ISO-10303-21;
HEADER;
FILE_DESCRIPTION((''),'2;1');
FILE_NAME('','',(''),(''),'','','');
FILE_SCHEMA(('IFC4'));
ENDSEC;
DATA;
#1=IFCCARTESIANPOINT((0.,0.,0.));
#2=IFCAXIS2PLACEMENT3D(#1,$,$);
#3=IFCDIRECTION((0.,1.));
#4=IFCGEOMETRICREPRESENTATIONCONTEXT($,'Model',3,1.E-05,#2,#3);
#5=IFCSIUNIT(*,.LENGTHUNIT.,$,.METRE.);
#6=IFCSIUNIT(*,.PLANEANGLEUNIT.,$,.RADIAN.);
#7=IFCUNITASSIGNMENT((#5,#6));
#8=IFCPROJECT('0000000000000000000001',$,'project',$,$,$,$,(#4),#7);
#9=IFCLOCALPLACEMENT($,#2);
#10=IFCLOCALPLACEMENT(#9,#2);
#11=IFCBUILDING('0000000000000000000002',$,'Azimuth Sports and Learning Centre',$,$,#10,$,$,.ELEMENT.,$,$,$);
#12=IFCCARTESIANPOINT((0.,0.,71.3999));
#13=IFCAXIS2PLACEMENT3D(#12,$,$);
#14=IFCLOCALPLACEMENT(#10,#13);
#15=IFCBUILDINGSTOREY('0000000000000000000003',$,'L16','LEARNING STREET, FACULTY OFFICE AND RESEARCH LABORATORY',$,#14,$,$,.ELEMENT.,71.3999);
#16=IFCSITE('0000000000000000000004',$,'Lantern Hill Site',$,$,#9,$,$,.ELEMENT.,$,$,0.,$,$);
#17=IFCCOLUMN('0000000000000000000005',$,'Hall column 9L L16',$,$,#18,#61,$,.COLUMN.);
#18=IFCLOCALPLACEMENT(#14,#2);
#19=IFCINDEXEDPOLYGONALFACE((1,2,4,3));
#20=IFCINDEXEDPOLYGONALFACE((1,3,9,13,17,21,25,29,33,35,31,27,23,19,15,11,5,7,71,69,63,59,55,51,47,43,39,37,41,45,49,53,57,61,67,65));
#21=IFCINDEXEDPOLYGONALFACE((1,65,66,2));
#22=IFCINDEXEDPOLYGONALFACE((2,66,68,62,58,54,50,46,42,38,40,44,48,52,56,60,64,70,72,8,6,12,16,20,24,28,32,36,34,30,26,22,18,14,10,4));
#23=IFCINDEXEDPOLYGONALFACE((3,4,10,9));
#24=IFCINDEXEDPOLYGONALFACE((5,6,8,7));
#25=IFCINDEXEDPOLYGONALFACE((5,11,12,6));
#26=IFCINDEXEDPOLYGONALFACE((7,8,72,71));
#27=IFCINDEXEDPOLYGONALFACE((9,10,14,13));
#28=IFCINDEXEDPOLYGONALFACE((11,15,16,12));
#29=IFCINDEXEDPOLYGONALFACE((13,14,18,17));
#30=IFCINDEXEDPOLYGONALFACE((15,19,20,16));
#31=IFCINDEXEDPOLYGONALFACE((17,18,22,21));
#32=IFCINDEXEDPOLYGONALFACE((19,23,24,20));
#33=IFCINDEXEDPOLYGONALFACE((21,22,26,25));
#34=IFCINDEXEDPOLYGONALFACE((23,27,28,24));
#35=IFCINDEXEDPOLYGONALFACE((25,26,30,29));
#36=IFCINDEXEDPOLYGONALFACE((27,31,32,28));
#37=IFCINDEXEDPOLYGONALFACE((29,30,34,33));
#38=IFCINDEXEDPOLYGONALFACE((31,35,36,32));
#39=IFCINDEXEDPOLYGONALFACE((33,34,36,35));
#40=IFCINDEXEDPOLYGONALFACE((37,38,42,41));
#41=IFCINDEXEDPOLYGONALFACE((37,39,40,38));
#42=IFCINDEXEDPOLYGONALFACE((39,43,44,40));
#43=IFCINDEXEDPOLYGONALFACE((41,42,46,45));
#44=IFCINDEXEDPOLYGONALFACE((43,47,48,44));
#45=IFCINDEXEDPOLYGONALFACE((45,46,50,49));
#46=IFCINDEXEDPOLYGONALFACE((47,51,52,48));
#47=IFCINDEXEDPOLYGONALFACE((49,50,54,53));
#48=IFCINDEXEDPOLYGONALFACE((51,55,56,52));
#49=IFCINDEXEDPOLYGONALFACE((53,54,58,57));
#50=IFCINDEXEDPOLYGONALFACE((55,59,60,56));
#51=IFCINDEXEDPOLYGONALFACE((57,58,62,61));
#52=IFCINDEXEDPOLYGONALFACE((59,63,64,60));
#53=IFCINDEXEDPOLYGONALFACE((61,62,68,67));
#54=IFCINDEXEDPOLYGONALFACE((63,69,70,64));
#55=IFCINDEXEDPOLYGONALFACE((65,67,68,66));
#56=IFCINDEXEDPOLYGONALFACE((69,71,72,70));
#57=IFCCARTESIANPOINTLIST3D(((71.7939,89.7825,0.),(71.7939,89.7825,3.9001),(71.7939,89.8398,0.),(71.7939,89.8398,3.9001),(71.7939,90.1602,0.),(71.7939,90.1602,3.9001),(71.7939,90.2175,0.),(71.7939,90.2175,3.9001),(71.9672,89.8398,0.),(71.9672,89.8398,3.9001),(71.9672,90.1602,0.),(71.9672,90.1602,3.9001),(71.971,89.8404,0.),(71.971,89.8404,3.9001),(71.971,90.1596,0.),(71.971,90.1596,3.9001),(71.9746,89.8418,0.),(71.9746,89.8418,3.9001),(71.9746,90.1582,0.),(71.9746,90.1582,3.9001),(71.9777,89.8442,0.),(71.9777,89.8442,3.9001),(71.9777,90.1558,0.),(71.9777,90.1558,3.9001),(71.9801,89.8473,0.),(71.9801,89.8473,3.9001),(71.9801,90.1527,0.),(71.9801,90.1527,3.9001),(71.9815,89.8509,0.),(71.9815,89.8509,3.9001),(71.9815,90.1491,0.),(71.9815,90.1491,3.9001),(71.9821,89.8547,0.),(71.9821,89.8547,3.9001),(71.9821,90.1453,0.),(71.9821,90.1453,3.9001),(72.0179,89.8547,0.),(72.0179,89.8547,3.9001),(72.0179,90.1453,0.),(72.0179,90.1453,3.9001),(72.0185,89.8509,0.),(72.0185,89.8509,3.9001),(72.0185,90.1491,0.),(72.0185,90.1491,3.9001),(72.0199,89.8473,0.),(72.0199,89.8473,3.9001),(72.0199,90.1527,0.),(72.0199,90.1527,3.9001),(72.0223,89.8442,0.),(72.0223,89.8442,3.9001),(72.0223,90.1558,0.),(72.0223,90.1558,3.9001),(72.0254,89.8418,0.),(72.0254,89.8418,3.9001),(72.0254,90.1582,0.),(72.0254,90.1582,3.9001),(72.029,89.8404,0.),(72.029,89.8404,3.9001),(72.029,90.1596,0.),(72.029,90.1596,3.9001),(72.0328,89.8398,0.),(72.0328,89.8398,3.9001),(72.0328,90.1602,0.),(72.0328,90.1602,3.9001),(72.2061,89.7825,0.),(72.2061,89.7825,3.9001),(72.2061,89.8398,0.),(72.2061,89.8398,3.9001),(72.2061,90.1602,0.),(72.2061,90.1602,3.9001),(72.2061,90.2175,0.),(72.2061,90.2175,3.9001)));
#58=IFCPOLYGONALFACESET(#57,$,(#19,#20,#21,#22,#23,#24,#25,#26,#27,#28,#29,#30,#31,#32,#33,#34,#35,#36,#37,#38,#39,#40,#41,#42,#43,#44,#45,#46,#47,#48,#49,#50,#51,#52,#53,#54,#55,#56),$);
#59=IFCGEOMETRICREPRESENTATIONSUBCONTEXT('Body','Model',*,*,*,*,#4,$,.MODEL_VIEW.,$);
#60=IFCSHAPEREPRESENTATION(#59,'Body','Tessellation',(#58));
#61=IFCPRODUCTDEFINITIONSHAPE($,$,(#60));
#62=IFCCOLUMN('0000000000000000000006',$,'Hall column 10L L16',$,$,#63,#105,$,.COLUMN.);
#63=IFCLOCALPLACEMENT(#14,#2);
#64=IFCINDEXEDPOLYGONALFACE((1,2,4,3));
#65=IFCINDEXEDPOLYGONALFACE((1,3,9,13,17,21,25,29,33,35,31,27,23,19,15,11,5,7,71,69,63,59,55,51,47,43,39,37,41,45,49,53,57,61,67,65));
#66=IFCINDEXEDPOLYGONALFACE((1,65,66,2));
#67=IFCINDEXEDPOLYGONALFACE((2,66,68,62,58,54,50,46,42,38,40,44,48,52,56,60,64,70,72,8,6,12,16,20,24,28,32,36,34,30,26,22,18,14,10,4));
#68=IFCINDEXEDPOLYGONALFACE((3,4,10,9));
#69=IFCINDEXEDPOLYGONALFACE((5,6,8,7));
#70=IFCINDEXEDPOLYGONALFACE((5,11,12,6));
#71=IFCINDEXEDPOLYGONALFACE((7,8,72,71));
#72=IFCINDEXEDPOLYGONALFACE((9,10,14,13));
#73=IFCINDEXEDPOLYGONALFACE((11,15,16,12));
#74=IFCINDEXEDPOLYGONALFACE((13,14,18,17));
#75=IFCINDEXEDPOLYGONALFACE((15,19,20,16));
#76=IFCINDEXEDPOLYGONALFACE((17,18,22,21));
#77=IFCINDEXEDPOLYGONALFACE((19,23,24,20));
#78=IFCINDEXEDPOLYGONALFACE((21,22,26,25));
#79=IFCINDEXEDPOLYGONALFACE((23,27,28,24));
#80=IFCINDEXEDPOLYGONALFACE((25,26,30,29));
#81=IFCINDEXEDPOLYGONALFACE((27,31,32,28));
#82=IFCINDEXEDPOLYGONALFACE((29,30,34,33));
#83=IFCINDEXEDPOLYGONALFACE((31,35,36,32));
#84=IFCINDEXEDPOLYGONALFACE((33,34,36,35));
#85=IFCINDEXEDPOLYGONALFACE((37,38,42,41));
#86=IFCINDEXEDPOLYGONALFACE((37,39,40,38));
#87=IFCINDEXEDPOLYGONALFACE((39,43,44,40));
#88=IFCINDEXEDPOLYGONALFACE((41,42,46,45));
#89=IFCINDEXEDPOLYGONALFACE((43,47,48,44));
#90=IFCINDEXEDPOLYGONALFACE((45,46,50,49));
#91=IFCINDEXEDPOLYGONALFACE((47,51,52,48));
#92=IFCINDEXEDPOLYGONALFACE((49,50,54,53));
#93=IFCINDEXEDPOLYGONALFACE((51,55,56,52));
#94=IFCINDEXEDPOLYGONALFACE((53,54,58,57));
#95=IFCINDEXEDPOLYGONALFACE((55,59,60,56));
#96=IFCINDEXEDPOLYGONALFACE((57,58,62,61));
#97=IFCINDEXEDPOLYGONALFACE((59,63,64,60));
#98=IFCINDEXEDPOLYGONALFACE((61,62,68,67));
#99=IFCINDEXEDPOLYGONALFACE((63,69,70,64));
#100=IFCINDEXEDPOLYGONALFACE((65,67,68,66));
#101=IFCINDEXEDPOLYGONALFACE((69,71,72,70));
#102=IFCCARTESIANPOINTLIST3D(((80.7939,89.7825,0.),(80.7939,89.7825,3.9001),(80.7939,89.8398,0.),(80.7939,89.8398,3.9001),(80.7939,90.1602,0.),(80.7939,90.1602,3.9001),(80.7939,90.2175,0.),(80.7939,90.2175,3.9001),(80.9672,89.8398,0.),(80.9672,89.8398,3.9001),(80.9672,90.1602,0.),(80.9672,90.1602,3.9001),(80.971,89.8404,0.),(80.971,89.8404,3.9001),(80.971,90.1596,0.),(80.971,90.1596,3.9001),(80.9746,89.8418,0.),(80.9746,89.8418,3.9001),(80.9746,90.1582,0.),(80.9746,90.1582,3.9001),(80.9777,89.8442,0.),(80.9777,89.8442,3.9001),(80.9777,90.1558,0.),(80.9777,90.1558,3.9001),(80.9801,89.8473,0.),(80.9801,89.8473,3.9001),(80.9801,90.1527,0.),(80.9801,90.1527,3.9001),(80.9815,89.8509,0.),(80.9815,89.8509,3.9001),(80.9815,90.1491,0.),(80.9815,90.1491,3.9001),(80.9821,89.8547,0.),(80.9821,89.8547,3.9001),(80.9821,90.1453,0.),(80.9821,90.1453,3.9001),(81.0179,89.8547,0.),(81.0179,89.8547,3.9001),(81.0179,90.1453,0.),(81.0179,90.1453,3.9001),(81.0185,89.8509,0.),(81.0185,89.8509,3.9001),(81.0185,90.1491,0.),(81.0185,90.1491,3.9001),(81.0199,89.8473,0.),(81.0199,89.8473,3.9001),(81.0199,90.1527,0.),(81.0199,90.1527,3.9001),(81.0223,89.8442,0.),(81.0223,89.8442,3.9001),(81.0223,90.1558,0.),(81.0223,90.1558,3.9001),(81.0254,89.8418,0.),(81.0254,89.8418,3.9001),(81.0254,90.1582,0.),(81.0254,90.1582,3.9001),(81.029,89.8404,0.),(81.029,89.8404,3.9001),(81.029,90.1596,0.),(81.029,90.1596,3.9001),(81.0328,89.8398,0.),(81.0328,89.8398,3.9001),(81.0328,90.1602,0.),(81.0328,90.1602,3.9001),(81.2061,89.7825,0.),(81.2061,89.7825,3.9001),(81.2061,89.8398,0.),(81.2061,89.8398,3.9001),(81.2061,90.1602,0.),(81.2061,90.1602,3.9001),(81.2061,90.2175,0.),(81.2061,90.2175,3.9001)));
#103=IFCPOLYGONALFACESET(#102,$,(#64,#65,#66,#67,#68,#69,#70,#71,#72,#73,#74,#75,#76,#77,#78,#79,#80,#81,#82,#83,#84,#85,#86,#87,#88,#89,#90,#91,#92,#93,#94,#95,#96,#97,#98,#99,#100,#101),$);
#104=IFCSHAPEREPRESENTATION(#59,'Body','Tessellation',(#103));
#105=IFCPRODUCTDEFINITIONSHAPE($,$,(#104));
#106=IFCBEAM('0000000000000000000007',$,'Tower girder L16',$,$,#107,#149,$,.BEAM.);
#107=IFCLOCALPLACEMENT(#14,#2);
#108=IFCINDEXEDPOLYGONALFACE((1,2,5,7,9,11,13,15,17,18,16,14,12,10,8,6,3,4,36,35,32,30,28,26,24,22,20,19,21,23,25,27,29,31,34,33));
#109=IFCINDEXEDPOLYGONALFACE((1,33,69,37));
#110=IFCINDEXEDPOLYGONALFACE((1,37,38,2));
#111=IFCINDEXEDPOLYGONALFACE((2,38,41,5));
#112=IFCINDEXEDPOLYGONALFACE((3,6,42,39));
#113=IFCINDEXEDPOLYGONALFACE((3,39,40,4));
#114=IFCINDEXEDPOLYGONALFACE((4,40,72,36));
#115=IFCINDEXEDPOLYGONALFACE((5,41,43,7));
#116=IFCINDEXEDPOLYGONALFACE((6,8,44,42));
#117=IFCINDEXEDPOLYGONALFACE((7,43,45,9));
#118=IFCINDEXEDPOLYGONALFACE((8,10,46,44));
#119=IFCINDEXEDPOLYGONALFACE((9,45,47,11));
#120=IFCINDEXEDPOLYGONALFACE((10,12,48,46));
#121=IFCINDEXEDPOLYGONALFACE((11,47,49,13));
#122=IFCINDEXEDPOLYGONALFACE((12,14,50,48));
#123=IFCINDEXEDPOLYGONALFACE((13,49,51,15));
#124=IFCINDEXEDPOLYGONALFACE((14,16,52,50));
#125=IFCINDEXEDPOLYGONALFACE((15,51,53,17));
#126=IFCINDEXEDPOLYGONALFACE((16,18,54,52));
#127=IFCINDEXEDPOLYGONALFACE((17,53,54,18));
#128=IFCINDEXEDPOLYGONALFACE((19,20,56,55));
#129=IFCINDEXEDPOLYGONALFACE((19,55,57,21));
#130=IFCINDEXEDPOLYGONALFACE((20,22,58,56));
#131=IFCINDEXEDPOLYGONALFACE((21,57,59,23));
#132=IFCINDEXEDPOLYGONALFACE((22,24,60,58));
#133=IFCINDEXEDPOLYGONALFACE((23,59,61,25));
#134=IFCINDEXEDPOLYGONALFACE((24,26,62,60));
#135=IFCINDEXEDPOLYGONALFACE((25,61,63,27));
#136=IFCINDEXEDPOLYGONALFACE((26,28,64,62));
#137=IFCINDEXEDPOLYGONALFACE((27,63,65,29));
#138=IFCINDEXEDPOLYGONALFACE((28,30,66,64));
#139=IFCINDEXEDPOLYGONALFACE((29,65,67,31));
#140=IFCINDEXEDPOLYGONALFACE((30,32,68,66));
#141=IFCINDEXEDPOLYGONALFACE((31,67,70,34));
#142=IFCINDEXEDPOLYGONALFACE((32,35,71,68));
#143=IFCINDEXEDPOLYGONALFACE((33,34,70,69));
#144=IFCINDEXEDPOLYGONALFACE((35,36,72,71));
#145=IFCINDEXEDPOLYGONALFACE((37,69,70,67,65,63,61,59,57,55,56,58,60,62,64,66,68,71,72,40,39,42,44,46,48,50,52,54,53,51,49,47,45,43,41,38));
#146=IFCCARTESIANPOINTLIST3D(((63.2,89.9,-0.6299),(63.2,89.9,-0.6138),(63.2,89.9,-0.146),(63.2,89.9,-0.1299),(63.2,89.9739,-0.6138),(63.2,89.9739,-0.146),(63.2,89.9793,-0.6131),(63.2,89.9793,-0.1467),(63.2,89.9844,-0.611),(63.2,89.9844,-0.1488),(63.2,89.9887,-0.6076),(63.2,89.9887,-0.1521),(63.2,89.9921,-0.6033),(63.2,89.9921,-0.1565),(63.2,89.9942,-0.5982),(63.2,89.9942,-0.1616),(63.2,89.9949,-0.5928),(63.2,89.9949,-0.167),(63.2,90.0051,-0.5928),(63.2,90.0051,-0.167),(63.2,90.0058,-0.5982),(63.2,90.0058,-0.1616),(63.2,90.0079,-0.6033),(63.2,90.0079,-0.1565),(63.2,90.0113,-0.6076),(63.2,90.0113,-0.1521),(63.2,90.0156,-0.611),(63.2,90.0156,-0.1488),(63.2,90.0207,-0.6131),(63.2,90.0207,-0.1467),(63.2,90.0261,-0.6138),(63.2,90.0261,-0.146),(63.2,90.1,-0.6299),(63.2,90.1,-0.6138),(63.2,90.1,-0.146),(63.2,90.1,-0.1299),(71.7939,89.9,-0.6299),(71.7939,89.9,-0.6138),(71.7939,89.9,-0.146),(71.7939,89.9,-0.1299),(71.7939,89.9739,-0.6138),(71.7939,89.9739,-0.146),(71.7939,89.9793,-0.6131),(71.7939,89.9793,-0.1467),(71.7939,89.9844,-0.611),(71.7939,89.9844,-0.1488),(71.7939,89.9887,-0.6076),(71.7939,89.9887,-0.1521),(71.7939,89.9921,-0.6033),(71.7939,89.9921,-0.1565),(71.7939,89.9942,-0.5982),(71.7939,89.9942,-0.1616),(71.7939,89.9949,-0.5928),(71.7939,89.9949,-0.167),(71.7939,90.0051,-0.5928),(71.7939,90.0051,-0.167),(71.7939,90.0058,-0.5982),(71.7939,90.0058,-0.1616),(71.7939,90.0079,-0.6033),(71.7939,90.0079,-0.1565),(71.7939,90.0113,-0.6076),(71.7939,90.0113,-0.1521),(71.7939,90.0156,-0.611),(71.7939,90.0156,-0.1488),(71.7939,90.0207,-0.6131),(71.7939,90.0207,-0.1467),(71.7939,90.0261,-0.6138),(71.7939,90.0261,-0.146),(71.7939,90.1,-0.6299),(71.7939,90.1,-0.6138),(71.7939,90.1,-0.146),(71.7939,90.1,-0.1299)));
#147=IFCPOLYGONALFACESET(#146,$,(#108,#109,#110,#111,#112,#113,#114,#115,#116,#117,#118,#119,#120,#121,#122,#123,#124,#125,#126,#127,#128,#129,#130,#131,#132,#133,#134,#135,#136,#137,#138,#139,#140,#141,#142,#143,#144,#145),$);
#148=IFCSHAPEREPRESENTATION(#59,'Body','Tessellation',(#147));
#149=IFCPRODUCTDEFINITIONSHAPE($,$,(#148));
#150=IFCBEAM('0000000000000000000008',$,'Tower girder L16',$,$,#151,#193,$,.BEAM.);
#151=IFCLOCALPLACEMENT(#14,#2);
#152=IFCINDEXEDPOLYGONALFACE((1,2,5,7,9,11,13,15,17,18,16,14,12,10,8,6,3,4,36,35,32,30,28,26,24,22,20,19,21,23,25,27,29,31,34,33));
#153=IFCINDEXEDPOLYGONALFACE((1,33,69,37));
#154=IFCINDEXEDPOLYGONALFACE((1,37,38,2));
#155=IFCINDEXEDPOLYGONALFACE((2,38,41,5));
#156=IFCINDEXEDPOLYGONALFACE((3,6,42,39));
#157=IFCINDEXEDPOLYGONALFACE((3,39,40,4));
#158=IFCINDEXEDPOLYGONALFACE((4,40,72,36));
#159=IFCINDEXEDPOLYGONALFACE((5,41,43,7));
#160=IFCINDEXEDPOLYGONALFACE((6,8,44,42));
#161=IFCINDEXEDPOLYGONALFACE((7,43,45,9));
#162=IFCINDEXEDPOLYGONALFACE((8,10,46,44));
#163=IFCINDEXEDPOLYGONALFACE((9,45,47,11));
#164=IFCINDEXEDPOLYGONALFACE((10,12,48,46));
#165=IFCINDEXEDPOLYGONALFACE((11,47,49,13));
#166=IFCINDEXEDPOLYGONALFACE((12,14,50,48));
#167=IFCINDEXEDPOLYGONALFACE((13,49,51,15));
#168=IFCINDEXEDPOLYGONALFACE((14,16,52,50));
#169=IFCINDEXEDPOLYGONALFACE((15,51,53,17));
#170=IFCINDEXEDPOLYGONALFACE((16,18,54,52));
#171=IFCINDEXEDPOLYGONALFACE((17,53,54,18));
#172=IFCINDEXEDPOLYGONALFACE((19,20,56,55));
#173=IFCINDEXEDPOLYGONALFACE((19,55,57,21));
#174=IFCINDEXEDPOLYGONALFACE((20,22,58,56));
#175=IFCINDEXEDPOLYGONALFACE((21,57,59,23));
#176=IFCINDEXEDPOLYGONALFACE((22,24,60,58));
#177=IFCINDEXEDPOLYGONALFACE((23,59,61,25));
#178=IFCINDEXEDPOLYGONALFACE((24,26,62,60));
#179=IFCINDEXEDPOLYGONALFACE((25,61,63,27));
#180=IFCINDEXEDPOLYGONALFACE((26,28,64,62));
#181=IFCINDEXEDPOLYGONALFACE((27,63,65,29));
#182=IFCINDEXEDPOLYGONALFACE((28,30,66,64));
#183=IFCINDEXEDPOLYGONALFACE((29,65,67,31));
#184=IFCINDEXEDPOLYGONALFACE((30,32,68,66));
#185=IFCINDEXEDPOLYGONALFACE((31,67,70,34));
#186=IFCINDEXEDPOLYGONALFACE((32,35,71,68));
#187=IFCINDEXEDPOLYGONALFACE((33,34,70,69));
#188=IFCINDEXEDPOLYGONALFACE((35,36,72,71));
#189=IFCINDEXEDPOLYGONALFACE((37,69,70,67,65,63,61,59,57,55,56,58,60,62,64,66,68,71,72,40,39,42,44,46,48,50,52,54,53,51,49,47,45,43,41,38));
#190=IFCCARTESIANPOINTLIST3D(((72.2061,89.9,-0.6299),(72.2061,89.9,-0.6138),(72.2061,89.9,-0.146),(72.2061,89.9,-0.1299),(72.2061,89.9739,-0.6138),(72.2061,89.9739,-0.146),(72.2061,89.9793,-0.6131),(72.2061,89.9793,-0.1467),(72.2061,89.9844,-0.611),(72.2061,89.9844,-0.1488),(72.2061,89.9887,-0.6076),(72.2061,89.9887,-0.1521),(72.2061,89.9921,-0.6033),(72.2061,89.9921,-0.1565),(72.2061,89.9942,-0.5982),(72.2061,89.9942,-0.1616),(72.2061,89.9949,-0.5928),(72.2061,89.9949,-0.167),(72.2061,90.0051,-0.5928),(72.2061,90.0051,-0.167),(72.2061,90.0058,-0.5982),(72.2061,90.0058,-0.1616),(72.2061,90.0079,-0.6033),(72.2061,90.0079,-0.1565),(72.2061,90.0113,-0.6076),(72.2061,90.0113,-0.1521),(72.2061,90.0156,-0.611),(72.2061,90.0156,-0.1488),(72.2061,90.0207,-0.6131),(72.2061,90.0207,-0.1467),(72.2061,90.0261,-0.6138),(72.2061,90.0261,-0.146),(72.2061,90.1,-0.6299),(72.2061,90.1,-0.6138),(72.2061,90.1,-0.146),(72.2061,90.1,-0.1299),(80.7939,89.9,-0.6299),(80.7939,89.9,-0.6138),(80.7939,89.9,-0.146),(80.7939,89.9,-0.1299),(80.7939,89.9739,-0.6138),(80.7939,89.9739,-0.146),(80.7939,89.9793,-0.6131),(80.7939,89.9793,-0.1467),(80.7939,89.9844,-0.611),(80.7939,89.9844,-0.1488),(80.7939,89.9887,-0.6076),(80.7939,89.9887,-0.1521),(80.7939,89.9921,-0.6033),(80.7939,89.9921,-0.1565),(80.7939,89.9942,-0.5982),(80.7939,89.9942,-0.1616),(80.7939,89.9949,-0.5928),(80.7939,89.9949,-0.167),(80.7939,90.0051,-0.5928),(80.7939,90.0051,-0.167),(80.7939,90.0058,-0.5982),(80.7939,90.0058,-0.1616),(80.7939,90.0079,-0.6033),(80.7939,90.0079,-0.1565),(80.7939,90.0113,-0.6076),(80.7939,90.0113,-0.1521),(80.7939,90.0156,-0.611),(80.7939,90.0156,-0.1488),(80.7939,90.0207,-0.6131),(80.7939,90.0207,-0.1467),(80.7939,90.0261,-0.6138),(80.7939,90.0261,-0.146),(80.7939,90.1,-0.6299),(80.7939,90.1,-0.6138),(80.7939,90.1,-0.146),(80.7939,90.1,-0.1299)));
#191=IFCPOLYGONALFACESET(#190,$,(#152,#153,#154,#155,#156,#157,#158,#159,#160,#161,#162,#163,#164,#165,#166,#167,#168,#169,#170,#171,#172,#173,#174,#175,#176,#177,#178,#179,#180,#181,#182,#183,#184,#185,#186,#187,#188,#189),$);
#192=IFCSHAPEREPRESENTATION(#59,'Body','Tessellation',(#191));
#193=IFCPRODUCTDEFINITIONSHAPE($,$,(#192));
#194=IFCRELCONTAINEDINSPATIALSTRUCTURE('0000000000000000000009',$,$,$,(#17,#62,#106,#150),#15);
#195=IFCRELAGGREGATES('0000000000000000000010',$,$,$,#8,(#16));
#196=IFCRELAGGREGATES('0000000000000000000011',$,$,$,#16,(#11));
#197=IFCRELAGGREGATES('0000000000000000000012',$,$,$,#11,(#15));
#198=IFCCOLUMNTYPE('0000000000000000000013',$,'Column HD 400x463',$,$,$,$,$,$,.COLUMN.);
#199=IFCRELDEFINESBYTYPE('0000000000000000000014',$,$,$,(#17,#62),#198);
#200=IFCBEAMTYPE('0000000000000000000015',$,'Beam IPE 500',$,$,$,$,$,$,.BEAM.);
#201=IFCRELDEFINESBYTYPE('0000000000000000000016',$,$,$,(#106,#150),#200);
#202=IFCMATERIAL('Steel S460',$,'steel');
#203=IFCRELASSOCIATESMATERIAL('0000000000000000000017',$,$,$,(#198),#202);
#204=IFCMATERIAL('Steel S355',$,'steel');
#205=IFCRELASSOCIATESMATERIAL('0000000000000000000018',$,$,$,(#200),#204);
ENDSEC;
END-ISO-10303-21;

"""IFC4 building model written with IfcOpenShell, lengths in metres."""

from ifc_helpers import new_model, si_unit, direction, frame, origin, origin_2d, place, context, subcontext, project, spatial, i_section, extrude, material, material_profile, profile_set, type_object, element, save


model = new_model("IFC4")

# Units and contexts
model_context = context("Model", 3, precision=1e-05, world=origin(), true_north=direction((0.0, 1.0)))
body_context = subcontext(model_context, "Body", "Model", "MODEL_VIEW")
ifc_project = project(units=[si_unit("LENGTHUNIT", "METRE"), si_unit("PLANEANGLEUNIT", "RADIAN")], contexts=[model_context])

# Site, building, storey
site_placement = place(None, origin())
site = spatial("IfcSite", under=ifc_project, at=site_placement, Name="Lantern Hill Site", CompositionType="ELEMENT", RefElevation=0.0)
building_placement = place(site_placement, origin())
building = spatial("IfcBuilding", under=site, at=building_placement, Name="Azimuth Sports and Learning Centre", CompositionType="ELEMENT")
storey_placement = place(building_placement, frame((0.0, 0.0, 71.3999)))
storey = spatial("IfcBuildingStorey", under=building, at=storey_placement, Name="L16", Description="LEARNING STREET, FACULTY OFFICE AND RESEARCH LABORATORY", CompositionType="ELEMENT", Elevation=71.3999)

# Columns
ifc_material_1 = material(Name="Steel S460", Category="steel")
ifc_material_profile_1 = material_profile(ifc_material_1, i_section(OverallWidth=0.4121, OverallDepth=0.4351, WebThickness=0.0359, FlangeThickness=0.0574, FilletRadius=0.0149, at=origin_2d()), Name="HD 400x463")
ifc_profile_set_1 = profile_set([ifc_material_profile_1], Name="Steel S460")
column_type = type_object("IfcColumnType", Name="Column HD 400x463", PredefinedType="COLUMN", material=ifc_profile_set_1)
for number, where, z_axis, x_axis, name in (
    (1, (72.0, 90.0, 0.0), (0.0, 0.0, 1.0), (1.0, 0.0, 0.0), "Hall column 9L L16"),
    (2, (81.0, 90.0, 0.0), (0.0, 0.0, 1.0), (1.0, 0.0, 0.0), "Hall column 10L L16"),
):
    element("IfcColumn", number, at=place(storey_placement, frame(where, z_axis=z_axis, x_axis=x_axis)), inside=storey, type_object=column_type, Name=name, PredefinedType="COLUMN", context=body_context, shape_type="SweptSolid", body=[
        extrude(i_section(OverallWidth=0.4121, OverallDepth=0.4351, WebThickness=0.0359, FlangeThickness=0.0574, FilletRadius=0.0149, at=origin_2d()), origin(), (0.0, 0.0, 1.0), 3.9001),
    ])

# Beams
ifc_material_2 = material(Name="Steel S355", Category="steel")
ifc_material_profile_2 = material_profile(ifc_material_2, i_section(OverallWidth=0.2, OverallDepth=0.5, WebThickness=0.0103, FlangeThickness=0.0161, FilletRadius=0.021, at=origin_2d()), Name="IPE 500")
ifc_profile_set_2 = profile_set([ifc_material_profile_2], Name="Steel S355")
beam_type_1 = type_object("IfcBeamType", Name="Beam IPE 500", PredefinedType="BEAM", material=ifc_profile_set_2)
beam_1_placement = place(storey_placement, frame((63.2, 90.0, -0.3799), z_axis=(1.0, 0.0, 0.0), x_axis=(0.0, 1.0, 0.0)))
element("IfcBeam", 3, at=beam_1_placement, inside=storey, type_object=beam_type_1, Name="Tower girder L16", PredefinedType="BEAM", context=body_context, shape_type="SweptSolid", body=[
    extrude(i_section(OverallWidth=0.2, OverallDepth=0.5, WebThickness=0.0103, FlangeThickness=0.0161, FilletRadius=0.021, at=origin_2d()), origin(), (0.0, 0.0, 1.0), 8.594),
])
for number, where, z_axis, x_axis, name in (
    (4, (72.2061, 90.0, -0.3799), (1.0, 0.0, 0.0), (0.0, 1.0, 0.0), "Tower girder L16"),
):
    element("IfcBeam", number, at=place(storey_placement, frame(where, z_axis=z_axis, x_axis=x_axis)), inside=storey, type_object=beam_type_1, Name=name, PredefinedType="BEAM", context=body_context, shape_type="SweptSolid", body=[
        extrude(i_section(OverallWidth=0.2, OverallDepth=0.5, WebThickness=0.0103, FlangeThickness=0.0161, FilletRadius=0.021, at=origin_2d()), origin(), (0.0, 0.0, 1.0), 8.5879),
    ])

save(model, "model.ifc")
